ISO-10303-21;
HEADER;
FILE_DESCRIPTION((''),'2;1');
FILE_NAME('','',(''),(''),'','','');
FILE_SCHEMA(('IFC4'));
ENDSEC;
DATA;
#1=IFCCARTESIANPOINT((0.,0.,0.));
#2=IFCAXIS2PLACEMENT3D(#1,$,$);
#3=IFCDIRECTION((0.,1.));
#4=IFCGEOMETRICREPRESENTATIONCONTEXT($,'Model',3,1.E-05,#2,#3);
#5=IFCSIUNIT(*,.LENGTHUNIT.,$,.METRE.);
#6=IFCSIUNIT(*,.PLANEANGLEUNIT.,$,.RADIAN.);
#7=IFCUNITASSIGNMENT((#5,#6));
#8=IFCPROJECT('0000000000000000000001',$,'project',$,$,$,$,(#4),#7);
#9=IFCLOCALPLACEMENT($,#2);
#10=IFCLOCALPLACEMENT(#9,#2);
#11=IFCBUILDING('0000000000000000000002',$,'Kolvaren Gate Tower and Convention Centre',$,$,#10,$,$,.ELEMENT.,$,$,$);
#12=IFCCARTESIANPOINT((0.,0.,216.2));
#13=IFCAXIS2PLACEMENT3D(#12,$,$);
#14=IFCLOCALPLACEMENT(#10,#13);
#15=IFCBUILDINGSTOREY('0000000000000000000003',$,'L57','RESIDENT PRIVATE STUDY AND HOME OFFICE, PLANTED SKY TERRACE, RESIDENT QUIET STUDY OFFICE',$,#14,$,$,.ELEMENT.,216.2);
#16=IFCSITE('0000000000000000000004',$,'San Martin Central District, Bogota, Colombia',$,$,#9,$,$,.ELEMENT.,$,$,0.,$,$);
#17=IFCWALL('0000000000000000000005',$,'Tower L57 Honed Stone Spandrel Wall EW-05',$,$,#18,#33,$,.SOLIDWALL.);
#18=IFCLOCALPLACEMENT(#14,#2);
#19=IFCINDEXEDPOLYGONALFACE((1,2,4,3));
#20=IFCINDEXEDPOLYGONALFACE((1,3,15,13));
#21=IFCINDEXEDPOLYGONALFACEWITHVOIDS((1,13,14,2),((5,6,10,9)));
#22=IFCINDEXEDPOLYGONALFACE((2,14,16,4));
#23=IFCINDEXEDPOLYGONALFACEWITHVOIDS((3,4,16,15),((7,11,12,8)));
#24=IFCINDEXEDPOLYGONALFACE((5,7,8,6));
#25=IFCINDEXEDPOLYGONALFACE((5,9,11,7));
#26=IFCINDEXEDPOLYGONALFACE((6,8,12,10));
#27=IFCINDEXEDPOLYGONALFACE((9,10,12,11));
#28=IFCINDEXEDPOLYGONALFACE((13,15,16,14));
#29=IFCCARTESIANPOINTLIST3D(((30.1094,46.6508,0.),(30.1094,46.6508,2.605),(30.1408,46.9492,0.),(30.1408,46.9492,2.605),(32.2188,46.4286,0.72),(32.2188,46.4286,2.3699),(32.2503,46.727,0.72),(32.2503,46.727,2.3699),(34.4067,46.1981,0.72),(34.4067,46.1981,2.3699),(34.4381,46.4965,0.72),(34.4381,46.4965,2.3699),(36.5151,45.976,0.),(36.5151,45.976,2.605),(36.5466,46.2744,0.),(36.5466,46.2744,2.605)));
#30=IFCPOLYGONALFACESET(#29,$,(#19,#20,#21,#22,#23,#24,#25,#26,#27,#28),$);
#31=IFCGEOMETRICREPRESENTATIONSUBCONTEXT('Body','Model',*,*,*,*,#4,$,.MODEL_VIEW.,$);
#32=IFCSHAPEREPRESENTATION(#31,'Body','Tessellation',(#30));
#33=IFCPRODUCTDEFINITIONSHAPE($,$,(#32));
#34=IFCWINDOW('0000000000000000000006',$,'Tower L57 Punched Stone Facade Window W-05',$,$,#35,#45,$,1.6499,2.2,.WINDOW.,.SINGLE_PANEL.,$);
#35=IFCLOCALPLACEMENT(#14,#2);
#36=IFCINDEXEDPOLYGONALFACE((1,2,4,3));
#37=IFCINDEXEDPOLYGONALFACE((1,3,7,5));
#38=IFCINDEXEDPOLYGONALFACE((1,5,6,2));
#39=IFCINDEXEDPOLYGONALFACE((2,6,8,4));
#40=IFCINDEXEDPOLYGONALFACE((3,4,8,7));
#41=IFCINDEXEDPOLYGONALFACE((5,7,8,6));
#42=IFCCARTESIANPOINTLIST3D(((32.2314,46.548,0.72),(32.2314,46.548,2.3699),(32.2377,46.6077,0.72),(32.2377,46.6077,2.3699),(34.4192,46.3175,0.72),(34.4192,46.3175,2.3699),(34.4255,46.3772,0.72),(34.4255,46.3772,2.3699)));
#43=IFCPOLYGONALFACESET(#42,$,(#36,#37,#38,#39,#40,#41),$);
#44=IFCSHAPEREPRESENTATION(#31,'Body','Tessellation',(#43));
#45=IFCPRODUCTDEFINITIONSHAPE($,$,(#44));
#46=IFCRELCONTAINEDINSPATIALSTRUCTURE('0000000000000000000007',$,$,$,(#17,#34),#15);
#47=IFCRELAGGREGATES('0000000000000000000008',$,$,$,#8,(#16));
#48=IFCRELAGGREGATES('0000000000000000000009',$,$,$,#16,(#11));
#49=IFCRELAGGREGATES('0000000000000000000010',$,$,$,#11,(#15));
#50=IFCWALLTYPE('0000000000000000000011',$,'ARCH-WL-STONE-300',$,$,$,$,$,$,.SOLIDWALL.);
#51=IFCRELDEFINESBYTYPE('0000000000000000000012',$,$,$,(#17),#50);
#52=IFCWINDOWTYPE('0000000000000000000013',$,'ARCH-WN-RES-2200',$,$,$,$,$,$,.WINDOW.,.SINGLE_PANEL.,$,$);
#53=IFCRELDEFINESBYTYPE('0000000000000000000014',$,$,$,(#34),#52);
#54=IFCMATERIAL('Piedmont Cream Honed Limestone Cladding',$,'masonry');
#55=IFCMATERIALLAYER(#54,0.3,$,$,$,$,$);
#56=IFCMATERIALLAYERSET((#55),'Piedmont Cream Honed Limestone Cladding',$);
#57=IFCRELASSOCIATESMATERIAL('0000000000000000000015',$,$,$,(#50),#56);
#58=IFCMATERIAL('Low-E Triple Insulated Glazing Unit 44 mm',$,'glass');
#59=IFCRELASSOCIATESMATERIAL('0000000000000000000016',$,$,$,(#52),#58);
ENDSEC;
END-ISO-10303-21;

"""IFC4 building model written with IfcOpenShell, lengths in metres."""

from ifc_helpers import new_model, si_unit, direction, frame, frame_2d, origin, place, context, subcontext, project, spatial, rectangle, extrude, material, layer, layer_set, type_object, element, fill, save


model = new_model("IFC4")

# Units and contexts
model_context = context("Model", 3, precision=1e-05, world=origin(), true_north=direction((0.0, 1.0)))
body_context = subcontext(model_context, "Body", "Model", "MODEL_VIEW")
ifc_project = project(units=[si_unit("LENGTHUNIT", "METRE"), si_unit("PLANEANGLEUNIT", "RADIAN")], contexts=[model_context])

# Site, building, storey
site_placement = place(None, origin())
site = spatial("IfcSite", under=ifc_project, at=site_placement, Name="San Martin Central District, Bogota, Colombia", CompositionType="ELEMENT", RefElevation=0.0)
building_placement = place(site_placement, origin())
building = spatial("IfcBuilding", under=site, at=building_placement, Name="Kolvaren Gate Tower and Convention Centre", CompositionType="ELEMENT")
storey_placement = place(building_placement, frame((0.0, 0.0, 216.2)))
storey = spatial("IfcBuildingStorey", under=building, at=storey_placement, Name="L57", Description="RESIDENT PRIVATE STUDY AND HOME OFFICE, PLANTED SKY TERRACE, RESIDENT QUIET STUDY OFFICE", CompositionType="ELEMENT", Elevation=216.2)

# Wall, opening, window
ifc_material_1 = material(Name="Piedmont Cream Honed Limestone Cladding", Category="masonry")
ifc_layer_1 = layer(ifc_material_1, 0.3)
ifc_layer_set_1 = layer_set([ifc_layer_1], Name="Piedmont Cream Honed Limestone Cladding")
wall_type_1 = type_object("IfcWallType", Name="ARCH-WL-STONE-300", PredefinedType="SOLIDWALL", material=ifc_layer_set_1)
ifc_material_2 = material(Name="Low-E Triple Insulated Glazing Unit 44 mm", Category="glass")
window_type = type_object("IfcWindowType", Name="ARCH-WN-RES-2200", PartitioningType="SINGLE_PANEL", PredefinedType="WINDOW", material=ifc_material_2)
wall_1_placement = place(storey_placement, frame((30.125, 46.8, 0.0), z_axis=(0.0, 0.0, 1.0), x_axis=(0.994497, -0.104764, 0.0)))
wall_1 = element("IfcWall", 1, at=wall_1_placement, inside=storey, type_object=wall_type_1, Name="Tower L57 Honed Stone Spandrel Wall EW-05", PredefinedType="SOLIDWALL", context=body_context, shape_type="SweptSolid", body=[
    extrude(rectangle(XDim=6.4412, YDim=0.3, at=frame_2d((3.2207, 0.0))), origin(), (0.0, 0.0, 1.0), 2.605),
])
opening_1_placement = place(wall_1_placement, frame((2.1211, 0.0, 0.72)))
opening_1 = element("IfcOpeningElement", 2, at=opening_1_placement, cuts=wall_1, PredefinedType="OPENING", context=body_context, shape_type="SweptSolid", body=[
    extrude(rectangle(XDim=2.2, YDim=1.6499, at=frame_2d((1.1001, 0.825))), frame((0.0, 0.1599, 0.0), z_axis=(0.0, -1.0, 0.0), x_axis=(1.0, 0.0, 0.0)), (0.0, 0.0, 1.0), 0.3201),
])
window_1_placement = place(opening_1_placement, origin())
window_1 = element("IfcWindow", 3, at=window_1_placement, inside=storey, type_object=window_type, Name="Tower L57 Punched Stone Facade Window W-05", OverallHeight=1.6499, OverallWidth=2.2, PartitioningType="SINGLE_PANEL", PredefinedType="WINDOW", context=body_context, shape_type="SweptSolid", body=[
    extrude(rectangle(XDim=2.2, YDim=1.6499, at=frame_2d((1.1001, 0.825))), frame((0.0, 0.03, 0.0), z_axis=(0.0, -1.0, 0.0), x_axis=(1.0, 0.0, 0.0)), (0.0, 0.0, 1.0), 0.0601),
])
fill(opening_1, window_1)

save(model, "model.ifc")
